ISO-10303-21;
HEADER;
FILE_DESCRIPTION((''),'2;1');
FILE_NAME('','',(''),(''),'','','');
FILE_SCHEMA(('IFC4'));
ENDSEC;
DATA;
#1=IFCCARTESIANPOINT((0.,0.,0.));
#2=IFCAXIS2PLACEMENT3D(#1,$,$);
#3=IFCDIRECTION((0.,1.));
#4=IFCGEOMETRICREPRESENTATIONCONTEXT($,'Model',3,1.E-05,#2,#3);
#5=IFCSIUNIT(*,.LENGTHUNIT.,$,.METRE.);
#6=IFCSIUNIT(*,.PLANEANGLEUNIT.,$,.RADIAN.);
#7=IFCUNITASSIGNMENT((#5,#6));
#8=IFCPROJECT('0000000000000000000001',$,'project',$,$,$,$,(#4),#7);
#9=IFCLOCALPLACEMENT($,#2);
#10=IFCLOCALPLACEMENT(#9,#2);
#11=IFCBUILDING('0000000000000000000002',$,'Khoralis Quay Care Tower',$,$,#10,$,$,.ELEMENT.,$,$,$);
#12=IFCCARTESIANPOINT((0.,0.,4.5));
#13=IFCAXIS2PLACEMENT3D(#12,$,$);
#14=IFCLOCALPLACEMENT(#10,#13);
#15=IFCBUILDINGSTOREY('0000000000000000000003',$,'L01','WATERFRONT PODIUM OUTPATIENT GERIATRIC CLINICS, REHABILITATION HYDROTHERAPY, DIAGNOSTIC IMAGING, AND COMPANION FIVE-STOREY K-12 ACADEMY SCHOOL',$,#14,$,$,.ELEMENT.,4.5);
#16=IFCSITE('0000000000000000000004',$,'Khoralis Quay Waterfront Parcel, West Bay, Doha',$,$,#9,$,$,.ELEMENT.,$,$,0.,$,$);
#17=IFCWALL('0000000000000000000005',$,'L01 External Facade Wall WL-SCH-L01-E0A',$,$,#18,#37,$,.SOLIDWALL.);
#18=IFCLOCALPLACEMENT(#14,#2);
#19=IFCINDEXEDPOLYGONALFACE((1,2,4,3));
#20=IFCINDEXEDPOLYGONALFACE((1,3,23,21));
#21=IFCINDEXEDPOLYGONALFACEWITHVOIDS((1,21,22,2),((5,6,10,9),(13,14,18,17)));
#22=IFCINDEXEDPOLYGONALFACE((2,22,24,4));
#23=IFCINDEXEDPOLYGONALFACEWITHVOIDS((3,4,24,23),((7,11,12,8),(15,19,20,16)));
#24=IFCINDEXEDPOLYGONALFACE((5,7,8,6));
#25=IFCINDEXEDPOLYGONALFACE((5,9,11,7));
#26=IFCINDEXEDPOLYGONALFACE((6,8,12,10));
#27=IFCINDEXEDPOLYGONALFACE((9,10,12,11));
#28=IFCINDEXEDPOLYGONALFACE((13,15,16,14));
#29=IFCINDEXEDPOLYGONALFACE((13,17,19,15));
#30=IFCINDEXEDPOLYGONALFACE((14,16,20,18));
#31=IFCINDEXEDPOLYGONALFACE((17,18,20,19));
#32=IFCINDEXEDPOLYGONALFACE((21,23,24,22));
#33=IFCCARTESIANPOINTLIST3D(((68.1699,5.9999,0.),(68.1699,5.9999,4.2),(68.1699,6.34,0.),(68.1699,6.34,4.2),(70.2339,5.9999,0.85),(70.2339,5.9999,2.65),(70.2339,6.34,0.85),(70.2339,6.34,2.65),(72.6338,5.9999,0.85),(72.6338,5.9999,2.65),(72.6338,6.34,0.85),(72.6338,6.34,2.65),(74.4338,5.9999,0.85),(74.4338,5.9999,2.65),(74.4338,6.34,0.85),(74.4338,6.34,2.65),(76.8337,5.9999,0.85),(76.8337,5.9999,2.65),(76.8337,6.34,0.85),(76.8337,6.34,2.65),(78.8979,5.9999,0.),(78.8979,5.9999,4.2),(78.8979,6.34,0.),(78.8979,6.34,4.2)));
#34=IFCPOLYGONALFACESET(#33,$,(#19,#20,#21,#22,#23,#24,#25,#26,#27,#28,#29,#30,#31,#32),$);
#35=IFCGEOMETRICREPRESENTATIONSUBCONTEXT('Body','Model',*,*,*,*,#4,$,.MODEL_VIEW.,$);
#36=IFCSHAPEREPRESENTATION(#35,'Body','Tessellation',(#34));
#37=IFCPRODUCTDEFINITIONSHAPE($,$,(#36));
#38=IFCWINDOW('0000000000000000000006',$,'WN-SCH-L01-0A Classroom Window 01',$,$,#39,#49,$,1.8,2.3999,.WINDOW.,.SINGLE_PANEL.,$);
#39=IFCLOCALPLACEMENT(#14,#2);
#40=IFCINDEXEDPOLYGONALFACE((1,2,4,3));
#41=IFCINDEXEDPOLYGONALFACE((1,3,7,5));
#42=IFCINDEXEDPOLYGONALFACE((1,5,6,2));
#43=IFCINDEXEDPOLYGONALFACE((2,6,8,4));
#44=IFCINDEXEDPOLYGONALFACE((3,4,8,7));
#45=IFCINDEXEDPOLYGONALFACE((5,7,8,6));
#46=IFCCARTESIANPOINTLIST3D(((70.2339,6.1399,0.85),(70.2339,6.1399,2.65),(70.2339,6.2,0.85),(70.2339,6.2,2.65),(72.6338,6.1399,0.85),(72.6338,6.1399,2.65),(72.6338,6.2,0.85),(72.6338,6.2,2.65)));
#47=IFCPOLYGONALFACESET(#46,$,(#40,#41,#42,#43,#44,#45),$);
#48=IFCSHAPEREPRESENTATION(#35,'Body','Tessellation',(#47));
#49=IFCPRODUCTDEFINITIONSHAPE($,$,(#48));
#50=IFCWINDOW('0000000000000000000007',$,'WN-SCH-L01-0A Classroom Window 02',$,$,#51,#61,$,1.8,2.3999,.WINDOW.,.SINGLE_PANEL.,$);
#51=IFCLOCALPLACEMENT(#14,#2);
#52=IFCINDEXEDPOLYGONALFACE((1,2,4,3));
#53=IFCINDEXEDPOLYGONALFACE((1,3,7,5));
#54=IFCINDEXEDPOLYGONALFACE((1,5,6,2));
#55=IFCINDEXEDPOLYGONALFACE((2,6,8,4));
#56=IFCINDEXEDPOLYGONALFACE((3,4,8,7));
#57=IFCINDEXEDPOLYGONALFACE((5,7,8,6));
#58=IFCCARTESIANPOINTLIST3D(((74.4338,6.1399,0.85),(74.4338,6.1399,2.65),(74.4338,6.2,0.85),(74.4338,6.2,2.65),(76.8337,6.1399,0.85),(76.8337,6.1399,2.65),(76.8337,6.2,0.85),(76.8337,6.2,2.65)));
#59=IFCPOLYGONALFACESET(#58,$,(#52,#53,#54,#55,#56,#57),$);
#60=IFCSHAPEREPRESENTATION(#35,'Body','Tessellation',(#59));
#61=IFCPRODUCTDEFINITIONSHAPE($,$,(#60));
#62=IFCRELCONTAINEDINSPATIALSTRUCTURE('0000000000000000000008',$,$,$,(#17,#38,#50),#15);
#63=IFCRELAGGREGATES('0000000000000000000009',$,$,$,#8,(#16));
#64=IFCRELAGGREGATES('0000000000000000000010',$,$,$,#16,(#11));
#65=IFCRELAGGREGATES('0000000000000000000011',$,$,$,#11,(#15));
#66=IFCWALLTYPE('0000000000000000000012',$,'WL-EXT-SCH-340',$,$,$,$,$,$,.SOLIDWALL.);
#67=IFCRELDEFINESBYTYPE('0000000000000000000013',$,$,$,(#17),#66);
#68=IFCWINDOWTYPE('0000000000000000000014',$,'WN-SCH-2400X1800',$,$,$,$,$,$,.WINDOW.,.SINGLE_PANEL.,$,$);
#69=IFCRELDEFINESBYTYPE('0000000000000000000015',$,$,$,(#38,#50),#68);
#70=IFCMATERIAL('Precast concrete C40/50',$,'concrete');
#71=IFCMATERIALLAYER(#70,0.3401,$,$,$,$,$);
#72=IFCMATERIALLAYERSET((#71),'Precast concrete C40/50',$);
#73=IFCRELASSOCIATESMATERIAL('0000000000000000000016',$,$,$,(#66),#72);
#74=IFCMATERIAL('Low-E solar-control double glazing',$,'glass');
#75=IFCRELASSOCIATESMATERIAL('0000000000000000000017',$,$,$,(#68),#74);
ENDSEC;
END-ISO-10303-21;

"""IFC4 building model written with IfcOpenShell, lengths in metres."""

from ifc_helpers import new_model, si_unit, direction, frame, frame_2d, origin, place, context, subcontext, project, spatial, rectangle, extrude, source, transform, mapped, material, layer, layer_set, type_object, element, fill, save


model = new_model("IFC4")

# Units and contexts
model_context = context("Model", 3, precision=1e-05, world=origin(), true_north=direction((0.0, 1.0)))
body_context = subcontext(model_context, "Body", "Model", "MODEL_VIEW")
ifc_project = project(units=[si_unit("LENGTHUNIT", "METRE"), si_unit("PLANEANGLEUNIT", "RADIAN")], contexts=[model_context])

# Site, building, storey
site_placement = place(None, origin())
site = spatial("IfcSite", under=ifc_project, at=site_placement, Name="Khoralis Quay Waterfront Parcel, West Bay, Doha", CompositionType="ELEMENT", RefElevation=0.0)
building_placement = place(site_placement, origin())
building = spatial("IfcBuilding", under=site, at=building_placement, Name="Khoralis Quay Care Tower", CompositionType="ELEMENT")
storey_placement = place(building_placement, frame((0.0, 0.0, 4.5)))
storey = spatial("IfcBuildingStorey", under=building, at=storey_placement, Name="L01", Description="WATERFRONT PODIUM OUTPATIENT GERIATRIC CLINICS, REHABILITATION HYDROTHERAPY, DIAGNOSTIC IMAGING, AND COMPANION FIVE-STOREY K-12 ACADEMY SCHOOL", CompositionType="ELEMENT", Elevation=4.5)

# Wall, openings, windows
ifc_material_1 = material(Name="Low-E solar-control double glazing", Category="glass")
ifc_material_2 = material(Name="Precast concrete C40/50", Category="concrete")
ifc_layer_1 = layer(ifc_material_2, 0.3401)
ifc_layer_set_1 = layer_set([ifc_layer_1], Name="Precast concrete C40/50")
wall_type_1 = type_object("IfcWallType", Name="WL-EXT-SCH-340", PredefinedType="SOLIDWALL", material=ifc_layer_set_1)
wall_1_placement = place(storey_placement, frame((68.1699, 6.1699, 0.0), z_axis=(0.0, 0.0, 1.0), x_axis=(1.0, 0.0, 0.0)))
wall_1 = element("IfcWall", 1, at=wall_1_placement, inside=storey, type_object=wall_type_1, Name="L01 External Facade Wall WL-SCH-L01-E0A", PredefinedType="SOLIDWALL", context=body_context, shape_type="SweptSolid", body=[
    extrude(rectangle(XDim=10.728, YDim=0.3401, at=frame_2d((5.364, 0.0))), origin(), (0.0, 0.0, 1.0), 4.2),
])
opening_1_placement = place(wall_1_placement, frame((2.064, 0.0, 0.8501)))
opening_1 = element("IfcOpeningElement", 2, at=opening_1_placement, cuts=wall_1, PredefinedType="OPENING", context=body_context, shape_type="SweptSolid", body=[
    extrude(rectangle(XDim=2.3999, YDim=1.8, at=frame_2d((1.2, 0.8999))), frame((0.0, 0.1802, 0.0), z_axis=(0.0, -1.0, 0.0), x_axis=(1.0, 0.0, 0.0)), (0.0, 0.0, 1.0), 0.3601),
])
opening_2_placement = place(wall_1_placement, frame((6.2639, 0.0, 0.8501)))
opening_2 = element("IfcOpeningElement", 3, at=opening_2_placement, cuts=wall_1, PredefinedType="OPENING", context=body_context, shape_type="SweptSolid", body=[
    extrude(rectangle(XDim=2.3999, YDim=1.8, at=frame_2d((1.2, 0.8999))), frame((0.0, 0.1802, 0.0), z_axis=(0.0, -1.0, 0.0), x_axis=(1.0, 0.0, 0.0)), (0.0, 0.0, 1.0), 0.3601),
])
window_type_1 = type_object("IfcWindowType", Name="WN-SCH-2400X1800", PartitioningType="SINGLE_PANEL", PredefinedType="WINDOW", material=ifc_material_1)
shared_shape_1 = source(origin(), body_context, "Body", "SweptSolid", [
    extrude(rectangle(XDim=2.3999, YDim=1.8, at=frame_2d((1.2, 0.8999))), frame((0.0, 0.03, 0.0), z_axis=(0.0, -1.0, 0.0), x_axis=(1.0, 0.0, 0.0)), (0.0, 0.0, 1.0), 0.0601),
])
window_1_placement = place(opening_1_placement, origin())
window_1 = element("IfcWindow", 4, at=window_1_placement, inside=storey, type_object=window_type_1, Name="WN-SCH-L01-0A Classroom Window 01", OverallHeight=1.8, OverallWidth=2.3999, PartitioningType="SINGLE_PANEL", PredefinedType="WINDOW", context=body_context, shape_type="MappedRepresentation", body=[
    mapped(shared_shape_1, transform((0.0, 0.0, 0.0), scale=1.0)),
])
fill(opening_1, window_1)
window_2_placement = place(opening_2_placement, origin())
window_2 = element("IfcWindow", 5, at=window_2_placement, inside=storey, type_object=window_type_1, Name="WN-SCH-L01-0A Classroom Window 02", OverallHeight=1.8, OverallWidth=2.3999, PartitioningType="SINGLE_PANEL", PredefinedType="WINDOW", context=body_context, shape_type="MappedRepresentation", body=[
    mapped(shared_shape_1, transform((0.0, 0.0, 0.0), scale=1.0)),
])
fill(opening_2, window_2)

save(model, "model.ifc")
